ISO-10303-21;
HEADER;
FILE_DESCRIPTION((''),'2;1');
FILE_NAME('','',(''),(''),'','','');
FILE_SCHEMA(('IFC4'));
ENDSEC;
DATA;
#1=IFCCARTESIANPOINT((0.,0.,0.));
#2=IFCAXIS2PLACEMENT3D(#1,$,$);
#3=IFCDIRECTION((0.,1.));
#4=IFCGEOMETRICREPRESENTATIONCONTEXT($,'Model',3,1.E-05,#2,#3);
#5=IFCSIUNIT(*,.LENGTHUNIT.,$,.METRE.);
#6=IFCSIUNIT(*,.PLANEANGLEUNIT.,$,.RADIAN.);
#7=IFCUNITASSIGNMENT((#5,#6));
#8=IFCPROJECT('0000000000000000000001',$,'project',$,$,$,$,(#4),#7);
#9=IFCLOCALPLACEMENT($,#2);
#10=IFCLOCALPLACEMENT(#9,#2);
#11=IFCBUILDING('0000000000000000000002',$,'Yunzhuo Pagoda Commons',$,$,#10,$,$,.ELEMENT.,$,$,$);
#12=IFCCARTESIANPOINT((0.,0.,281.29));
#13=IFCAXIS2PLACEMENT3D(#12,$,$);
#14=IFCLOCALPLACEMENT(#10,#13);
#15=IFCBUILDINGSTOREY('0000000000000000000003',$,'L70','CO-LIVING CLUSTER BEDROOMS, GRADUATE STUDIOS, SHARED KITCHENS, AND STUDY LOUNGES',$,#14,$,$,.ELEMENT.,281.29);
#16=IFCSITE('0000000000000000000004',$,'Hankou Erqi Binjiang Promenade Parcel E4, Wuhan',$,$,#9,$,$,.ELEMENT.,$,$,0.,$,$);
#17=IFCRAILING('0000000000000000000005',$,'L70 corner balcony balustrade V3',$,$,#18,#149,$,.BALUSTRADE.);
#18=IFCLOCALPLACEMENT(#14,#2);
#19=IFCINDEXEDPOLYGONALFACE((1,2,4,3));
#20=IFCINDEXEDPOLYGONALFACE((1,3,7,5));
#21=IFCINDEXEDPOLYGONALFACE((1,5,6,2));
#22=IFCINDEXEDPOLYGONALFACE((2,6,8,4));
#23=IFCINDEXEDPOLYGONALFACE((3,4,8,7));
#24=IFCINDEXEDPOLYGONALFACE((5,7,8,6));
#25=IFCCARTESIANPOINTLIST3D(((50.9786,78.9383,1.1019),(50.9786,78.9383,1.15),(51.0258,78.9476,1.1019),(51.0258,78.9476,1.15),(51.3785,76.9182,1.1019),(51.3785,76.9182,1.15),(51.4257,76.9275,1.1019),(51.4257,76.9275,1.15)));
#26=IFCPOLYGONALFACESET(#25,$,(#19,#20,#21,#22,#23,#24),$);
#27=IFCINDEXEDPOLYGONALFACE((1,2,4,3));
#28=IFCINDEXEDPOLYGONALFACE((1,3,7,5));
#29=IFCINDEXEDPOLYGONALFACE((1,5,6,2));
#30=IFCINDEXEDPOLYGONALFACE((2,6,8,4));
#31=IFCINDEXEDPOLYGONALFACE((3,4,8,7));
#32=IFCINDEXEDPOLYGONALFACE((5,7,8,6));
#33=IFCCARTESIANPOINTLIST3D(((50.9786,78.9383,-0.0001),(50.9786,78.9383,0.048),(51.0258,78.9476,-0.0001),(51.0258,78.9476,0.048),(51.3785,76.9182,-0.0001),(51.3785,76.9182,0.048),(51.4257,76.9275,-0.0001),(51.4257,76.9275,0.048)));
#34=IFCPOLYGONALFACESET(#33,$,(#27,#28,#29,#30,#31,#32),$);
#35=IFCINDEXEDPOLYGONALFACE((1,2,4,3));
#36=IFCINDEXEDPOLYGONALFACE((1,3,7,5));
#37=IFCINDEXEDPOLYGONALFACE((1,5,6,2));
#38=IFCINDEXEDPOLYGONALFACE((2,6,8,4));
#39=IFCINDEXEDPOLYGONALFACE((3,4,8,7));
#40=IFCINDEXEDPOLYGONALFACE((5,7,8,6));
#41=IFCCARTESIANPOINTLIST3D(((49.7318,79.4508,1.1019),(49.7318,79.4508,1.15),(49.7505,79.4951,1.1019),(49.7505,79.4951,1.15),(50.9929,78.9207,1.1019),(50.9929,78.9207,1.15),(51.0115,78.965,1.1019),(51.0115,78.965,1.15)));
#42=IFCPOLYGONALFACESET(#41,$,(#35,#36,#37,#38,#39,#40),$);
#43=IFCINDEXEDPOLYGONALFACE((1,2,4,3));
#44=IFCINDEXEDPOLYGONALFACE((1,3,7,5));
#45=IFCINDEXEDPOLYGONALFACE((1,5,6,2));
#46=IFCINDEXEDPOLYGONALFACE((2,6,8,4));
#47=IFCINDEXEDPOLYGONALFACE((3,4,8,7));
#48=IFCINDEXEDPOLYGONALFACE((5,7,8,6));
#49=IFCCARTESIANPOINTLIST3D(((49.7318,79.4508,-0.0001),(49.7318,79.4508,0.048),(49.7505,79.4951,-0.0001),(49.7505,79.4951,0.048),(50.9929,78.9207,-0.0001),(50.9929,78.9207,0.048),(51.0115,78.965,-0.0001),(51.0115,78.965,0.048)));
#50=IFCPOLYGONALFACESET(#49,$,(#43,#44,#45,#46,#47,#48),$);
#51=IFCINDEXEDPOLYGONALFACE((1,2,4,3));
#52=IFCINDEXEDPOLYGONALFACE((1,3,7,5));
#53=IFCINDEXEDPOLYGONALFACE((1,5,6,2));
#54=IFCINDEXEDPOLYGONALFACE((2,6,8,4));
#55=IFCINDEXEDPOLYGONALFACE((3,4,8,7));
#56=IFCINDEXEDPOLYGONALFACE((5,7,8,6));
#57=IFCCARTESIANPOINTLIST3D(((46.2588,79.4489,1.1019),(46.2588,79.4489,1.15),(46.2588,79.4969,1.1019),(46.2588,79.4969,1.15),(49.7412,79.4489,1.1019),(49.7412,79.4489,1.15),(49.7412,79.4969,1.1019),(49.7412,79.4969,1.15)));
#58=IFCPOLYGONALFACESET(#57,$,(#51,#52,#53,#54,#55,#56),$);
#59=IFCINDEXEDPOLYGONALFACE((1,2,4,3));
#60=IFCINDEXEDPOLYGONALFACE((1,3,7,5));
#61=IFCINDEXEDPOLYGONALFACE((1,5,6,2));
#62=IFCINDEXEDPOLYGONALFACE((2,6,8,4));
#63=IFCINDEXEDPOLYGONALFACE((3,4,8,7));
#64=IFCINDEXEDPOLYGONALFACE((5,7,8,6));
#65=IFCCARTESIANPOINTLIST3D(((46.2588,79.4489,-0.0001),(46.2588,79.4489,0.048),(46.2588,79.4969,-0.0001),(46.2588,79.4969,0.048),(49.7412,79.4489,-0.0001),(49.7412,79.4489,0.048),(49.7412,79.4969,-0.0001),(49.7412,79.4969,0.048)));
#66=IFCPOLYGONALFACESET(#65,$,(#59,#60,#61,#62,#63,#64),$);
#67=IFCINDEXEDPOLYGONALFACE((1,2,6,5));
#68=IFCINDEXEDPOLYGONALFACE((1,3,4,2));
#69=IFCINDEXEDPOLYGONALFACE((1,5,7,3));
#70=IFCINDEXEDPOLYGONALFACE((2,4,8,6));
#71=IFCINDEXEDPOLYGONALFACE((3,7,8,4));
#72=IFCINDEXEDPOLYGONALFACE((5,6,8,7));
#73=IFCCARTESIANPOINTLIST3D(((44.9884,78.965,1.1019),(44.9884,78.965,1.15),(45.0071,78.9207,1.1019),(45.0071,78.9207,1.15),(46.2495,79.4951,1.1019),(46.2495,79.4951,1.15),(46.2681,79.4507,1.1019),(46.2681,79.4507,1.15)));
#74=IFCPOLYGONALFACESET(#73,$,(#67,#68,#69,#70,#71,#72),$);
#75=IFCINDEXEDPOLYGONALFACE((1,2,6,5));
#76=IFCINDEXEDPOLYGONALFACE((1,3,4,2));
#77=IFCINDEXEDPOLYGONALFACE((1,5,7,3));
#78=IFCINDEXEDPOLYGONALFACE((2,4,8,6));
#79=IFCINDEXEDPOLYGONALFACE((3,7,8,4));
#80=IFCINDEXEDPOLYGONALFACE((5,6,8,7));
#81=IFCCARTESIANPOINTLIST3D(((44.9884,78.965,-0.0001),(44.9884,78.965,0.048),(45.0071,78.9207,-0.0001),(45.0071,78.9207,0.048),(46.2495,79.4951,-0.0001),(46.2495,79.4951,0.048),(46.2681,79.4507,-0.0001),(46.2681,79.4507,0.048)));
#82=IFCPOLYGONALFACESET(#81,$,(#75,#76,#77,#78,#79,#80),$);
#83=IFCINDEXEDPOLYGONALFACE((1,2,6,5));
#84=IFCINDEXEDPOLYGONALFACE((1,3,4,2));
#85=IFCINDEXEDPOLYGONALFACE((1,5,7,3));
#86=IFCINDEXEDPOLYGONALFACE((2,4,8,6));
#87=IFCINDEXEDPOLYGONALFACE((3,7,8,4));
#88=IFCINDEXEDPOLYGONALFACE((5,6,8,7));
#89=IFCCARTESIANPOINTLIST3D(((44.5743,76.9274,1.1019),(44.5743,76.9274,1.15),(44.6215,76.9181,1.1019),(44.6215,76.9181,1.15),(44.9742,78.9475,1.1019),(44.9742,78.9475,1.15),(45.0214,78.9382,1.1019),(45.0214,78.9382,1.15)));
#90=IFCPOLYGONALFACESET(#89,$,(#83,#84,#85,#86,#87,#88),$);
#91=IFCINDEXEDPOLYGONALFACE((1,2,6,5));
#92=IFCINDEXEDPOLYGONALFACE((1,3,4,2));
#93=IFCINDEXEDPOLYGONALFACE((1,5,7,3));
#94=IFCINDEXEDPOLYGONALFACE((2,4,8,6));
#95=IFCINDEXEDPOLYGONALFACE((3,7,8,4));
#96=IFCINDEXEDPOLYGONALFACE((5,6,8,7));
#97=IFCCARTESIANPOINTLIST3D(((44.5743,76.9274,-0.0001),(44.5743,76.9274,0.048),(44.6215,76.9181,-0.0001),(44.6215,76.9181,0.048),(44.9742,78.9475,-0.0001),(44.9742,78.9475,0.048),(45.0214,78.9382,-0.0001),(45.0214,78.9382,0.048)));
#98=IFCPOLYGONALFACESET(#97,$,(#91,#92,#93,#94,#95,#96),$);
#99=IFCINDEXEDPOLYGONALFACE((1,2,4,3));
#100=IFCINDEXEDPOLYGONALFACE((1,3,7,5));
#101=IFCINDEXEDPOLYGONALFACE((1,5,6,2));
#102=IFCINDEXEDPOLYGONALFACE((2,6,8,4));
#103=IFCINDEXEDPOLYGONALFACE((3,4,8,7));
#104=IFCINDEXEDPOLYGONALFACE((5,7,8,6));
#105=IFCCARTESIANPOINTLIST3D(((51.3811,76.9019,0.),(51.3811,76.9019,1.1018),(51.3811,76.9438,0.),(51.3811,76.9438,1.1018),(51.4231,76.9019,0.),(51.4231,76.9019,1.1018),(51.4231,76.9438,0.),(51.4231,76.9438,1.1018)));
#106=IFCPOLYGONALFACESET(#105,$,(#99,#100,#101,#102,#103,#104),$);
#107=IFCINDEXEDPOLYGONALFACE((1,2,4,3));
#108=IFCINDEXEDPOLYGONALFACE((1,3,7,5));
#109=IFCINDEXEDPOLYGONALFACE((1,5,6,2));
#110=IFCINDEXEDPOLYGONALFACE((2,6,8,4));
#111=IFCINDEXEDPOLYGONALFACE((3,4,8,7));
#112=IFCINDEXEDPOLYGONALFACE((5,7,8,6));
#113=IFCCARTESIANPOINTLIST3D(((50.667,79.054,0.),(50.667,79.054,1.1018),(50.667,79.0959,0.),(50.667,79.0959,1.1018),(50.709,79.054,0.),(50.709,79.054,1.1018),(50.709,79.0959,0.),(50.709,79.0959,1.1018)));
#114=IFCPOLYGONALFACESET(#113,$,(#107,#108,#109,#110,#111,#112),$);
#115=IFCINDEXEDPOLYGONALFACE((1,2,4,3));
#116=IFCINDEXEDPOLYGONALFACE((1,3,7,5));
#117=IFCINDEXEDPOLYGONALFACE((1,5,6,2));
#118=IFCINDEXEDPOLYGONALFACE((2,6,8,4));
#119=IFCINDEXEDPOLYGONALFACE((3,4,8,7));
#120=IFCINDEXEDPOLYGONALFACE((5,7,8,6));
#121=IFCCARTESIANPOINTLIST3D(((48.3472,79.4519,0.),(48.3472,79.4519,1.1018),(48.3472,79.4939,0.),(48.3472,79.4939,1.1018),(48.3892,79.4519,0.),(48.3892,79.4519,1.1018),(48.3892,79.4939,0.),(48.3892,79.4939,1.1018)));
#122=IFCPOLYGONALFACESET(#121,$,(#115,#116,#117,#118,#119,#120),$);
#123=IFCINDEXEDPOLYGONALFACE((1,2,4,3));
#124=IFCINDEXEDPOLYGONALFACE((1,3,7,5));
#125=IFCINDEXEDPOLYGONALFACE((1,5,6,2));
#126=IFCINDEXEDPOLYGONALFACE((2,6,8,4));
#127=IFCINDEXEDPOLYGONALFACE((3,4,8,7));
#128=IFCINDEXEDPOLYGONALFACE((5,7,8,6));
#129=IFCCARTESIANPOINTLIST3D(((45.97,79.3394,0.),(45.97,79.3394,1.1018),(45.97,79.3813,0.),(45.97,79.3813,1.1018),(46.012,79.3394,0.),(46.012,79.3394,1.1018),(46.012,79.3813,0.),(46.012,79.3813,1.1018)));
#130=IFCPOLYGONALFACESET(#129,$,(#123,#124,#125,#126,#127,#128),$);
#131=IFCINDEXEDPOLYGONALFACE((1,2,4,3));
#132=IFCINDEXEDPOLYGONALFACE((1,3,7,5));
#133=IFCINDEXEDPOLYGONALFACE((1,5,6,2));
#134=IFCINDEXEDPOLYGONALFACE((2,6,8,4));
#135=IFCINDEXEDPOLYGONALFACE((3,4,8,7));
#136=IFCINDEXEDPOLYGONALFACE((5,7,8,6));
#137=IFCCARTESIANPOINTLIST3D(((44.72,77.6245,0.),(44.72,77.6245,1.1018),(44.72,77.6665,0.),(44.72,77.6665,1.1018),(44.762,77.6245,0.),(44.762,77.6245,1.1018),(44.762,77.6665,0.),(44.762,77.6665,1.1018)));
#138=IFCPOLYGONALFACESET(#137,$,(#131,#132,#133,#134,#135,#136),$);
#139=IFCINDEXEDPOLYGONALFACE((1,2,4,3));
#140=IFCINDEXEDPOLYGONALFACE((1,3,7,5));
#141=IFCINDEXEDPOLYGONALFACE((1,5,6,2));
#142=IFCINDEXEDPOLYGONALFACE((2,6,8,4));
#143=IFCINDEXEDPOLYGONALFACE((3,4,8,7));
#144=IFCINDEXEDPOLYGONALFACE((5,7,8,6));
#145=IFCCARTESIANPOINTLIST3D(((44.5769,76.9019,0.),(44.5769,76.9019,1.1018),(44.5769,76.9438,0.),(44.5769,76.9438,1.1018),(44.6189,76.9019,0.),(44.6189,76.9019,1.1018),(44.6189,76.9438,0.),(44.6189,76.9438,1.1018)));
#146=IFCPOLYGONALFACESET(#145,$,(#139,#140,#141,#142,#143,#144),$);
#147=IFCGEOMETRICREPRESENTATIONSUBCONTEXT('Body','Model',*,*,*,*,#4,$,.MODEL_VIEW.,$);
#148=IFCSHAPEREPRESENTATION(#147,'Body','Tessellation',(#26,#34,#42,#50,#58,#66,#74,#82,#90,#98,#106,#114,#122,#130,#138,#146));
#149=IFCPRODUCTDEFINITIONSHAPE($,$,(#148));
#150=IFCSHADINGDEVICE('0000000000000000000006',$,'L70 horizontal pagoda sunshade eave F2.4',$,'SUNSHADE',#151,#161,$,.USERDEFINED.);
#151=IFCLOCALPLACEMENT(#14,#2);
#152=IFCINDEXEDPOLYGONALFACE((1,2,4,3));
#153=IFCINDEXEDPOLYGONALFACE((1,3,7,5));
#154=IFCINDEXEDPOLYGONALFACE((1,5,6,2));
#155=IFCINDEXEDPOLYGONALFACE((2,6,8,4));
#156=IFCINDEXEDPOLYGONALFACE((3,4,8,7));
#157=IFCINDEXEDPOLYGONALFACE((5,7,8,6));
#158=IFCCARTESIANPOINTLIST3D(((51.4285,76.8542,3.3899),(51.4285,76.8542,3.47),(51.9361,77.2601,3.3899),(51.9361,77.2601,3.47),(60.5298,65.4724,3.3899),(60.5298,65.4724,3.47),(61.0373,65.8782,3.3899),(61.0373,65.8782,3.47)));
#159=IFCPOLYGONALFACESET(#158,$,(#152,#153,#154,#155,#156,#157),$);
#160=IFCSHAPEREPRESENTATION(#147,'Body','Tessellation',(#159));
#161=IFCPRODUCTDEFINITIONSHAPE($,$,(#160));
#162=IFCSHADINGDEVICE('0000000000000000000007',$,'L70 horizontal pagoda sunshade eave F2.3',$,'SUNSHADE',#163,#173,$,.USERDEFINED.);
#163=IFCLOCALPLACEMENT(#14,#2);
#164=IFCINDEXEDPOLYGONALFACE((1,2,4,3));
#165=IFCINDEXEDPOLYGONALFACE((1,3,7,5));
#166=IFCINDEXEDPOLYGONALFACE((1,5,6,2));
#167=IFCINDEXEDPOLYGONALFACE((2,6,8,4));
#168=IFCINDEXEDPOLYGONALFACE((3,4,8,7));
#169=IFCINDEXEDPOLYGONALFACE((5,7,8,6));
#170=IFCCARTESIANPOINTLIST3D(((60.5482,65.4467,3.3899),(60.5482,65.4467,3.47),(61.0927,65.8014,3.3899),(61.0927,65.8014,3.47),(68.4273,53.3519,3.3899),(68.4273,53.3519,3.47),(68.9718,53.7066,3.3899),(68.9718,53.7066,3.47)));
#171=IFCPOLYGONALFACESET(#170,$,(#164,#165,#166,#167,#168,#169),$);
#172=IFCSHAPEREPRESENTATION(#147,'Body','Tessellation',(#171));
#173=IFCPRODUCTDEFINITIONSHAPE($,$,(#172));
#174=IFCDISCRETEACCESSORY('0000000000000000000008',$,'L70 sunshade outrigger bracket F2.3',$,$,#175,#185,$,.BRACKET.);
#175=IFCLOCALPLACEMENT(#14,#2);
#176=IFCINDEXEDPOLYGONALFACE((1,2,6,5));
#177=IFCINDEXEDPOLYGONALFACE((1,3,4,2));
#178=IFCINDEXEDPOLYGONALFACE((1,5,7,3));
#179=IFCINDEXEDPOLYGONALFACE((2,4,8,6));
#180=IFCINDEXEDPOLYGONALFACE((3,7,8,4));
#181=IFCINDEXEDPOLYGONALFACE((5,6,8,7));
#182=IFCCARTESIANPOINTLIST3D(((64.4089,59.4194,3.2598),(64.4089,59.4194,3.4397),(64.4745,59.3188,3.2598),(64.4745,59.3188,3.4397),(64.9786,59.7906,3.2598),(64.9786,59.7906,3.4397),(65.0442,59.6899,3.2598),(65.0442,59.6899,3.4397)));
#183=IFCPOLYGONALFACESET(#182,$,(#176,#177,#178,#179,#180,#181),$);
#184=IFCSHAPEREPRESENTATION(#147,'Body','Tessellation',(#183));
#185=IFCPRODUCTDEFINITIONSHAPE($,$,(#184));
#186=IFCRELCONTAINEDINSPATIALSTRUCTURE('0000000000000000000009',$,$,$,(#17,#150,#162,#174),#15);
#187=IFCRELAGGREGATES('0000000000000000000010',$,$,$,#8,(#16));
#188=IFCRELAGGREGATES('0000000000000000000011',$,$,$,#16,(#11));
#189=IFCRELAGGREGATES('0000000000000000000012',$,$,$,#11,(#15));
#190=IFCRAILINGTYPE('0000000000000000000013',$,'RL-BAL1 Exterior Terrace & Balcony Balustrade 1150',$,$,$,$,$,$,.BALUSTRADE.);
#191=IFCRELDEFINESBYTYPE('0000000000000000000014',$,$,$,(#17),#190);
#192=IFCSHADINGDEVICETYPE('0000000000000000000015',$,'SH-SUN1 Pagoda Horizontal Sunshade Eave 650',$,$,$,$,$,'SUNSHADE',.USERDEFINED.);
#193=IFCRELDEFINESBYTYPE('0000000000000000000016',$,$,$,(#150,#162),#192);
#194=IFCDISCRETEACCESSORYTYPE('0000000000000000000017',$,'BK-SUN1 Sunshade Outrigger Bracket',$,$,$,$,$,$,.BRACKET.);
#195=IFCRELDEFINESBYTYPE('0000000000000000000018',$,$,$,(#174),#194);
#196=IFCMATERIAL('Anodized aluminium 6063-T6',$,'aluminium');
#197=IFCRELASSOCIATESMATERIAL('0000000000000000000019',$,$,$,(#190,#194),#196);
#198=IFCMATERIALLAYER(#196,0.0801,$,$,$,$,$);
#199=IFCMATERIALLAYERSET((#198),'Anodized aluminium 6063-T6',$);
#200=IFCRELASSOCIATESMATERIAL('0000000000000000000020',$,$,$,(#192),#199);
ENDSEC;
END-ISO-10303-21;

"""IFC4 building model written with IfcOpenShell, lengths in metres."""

from ifc_helpers import new_model, si_unit, direction, frame, origin, origin_2d, place, context, subcontext, project, spatial, rectangle, extrude, source, transform, mapped, material, layer, layer_set, type_object, element, save


model = new_model("IFC4")

# Units and contexts
model_context = context("Model", 3, precision=1e-05, world=origin(), true_north=direction((0.0, 1.0)))
body_context = subcontext(model_context, "Body", "Model", "MODEL_VIEW")
ifc_project = project(units=[si_unit("LENGTHUNIT", "METRE"), si_unit("PLANEANGLEUNIT", "RADIAN")], contexts=[model_context])

# Site, building, storey
site_placement = place(None, origin())
site = spatial("IfcSite", under=ifc_project, at=site_placement, Name="Hankou Erqi Binjiang Promenade Parcel E4, Wuhan", CompositionType="ELEMENT", RefElevation=0.0)
building_placement = place(site_placement, origin())
building = spatial("IfcBuilding", under=site, at=building_placement, Name="Yunzhuo Pagoda Commons", CompositionType="ELEMENT")
storey_placement = place(building_placement, frame((0.0, 0.0, 281.29)))
storey = spatial("IfcBuildingStorey", under=building, at=storey_placement, Name="L70", Description="CO-LIVING CLUSTER BEDROOMS, GRADUATE STUDIOS, SHARED KITCHENS, AND STUDY LOUNGES", CompositionType="ELEMENT", Elevation=281.29)

# Shared definitions
ifc_material_1 = material(Name="Anodized aluminium 6063-T6", Category="aluminium")

# Railing
railing_type = type_object("IfcRailingType", Name="RL-BAL1 Exterior Terrace & Balcony Balustrade 1150", PredefinedType="BALUSTRADE", material=ifc_material_1)
railing_placement = place(storey_placement, frame((51.4021, 76.9229, 0.0)))
element("IfcRailing", 1, at=railing_placement, inside=storey, type_object=railing_type, Name="L70 corner balcony balustrade V3", PredefinedType="BALUSTRADE", context=body_context, shape_type="SweptSolid", body=[
    extrude(rectangle(XDim=0.0481, YDim=0.0481, at=origin_2d()), frame((0.0, 0.0, 1.126), z_axis=(-0.194201, 0.980962, 0.0), x_axis=(-0.980962, -0.194201, 0.0)), (0.0, 0.0, 1.0), 2.0593),
    extrude(rectangle(XDim=0.0481, YDim=0.0481, at=origin_2d()), frame((0.0, 0.0, 0.0239), z_axis=(-0.194201, 0.980962, 0.0), x_axis=(-0.980962, -0.194201, 0.0)), (0.0, 0.0, 1.0), 2.0593),
    extrude(rectangle(XDim=0.0481, YDim=0.0481, at=origin_2d()), frame((-0.3999, 2.02, 1.126), z_axis=(-0.921874, 0.38749, 0.0), x_axis=(-0.38749, -0.921874, 0.0)), (0.0, 0.0, 1.0), 1.3679),
    extrude(rectangle(XDim=0.0481, YDim=0.0481, at=origin_2d()), frame((-0.3999, 2.02, 0.0239), z_axis=(-0.921874, 0.38749, 0.0), x_axis=(-0.38749, -0.921874, 0.0)), (0.0, 0.0, 1.0), 1.3679),
    extrude(rectangle(XDim=0.0481, YDim=0.0481, at=origin_2d()), frame((-1.6609, 2.55, 1.126), z_axis=(-1.0, 0.0, 0.0), x_axis=(0.0, -1.0, 0.0)), (0.0, 0.0, 1.0), 3.4824),
    extrude(rectangle(XDim=0.0481, YDim=0.0481, at=origin_2d()), frame((-1.6609, 2.55, 0.0239), z_axis=(-1.0, 0.0, 0.0), x_axis=(0.0, -1.0, 0.0)), (0.0, 0.0, 1.0), 3.4824),
    extrude(rectangle(XDim=0.0481, YDim=0.0481, at=origin_2d()), frame((-5.1433, 2.55, 1.126), z_axis=(-0.921874, -0.38749, 0.0), x_axis=(0.38749, -0.921874, 0.0)), (0.0, 0.0, 1.0), 1.3679),
    extrude(rectangle(XDim=0.0481, YDim=0.0481, at=origin_2d()), frame((-5.1433, 2.55, 0.0239), z_axis=(-0.921874, -0.38749, 0.0), x_axis=(0.38749, -0.921874, 0.0)), (0.0, 0.0, 1.0), 1.3679),
    extrude(rectangle(XDim=0.0481, YDim=0.0481, at=origin_2d()), frame((-6.4043, 2.02, 1.126), z_axis=(-0.194201, -0.980962, 0.0), x_axis=(0.980962, -0.194201, 0.0)), (0.0, 0.0, 1.0), 2.0593),
    extrude(rectangle(XDim=0.0481, YDim=0.0481, at=origin_2d()), frame((-6.4043, 2.02, 0.0239), z_axis=(-0.194201, -0.980962, 0.0), x_axis=(0.980962, -0.194201, 0.0)), (0.0, 0.0, 1.0), 2.0593),
    extrude(rectangle(XDim=0.042, YDim=0.042, at=origin_2d()), origin(), (0.0, 0.0, 1.0), 1.1018),
    extrude(rectangle(XDim=0.042, YDim=0.042, at=origin_2d()), frame((-0.7141, 2.1521, 0.0)), (0.0, 0.0, 1.0), 1.1018),
    extrude(rectangle(XDim=0.042, YDim=0.042, at=origin_2d()), frame((-3.0339, 2.55, 0.0)), (0.0, 0.0, 1.0), 1.1018),
    extrude(rectangle(XDim=0.042, YDim=0.042, at=origin_2d()), frame((-5.4111, 2.4375, 0.0)), (0.0, 0.0, 1.0), 1.1018),
    extrude(rectangle(XDim=0.042, YDim=0.042, at=origin_2d()), frame((-6.6611, 0.7227, 0.0)), (0.0, 0.0, 1.0), 1.1018),
    extrude(rectangle(XDim=0.042, YDim=0.042, at=origin_2d()), frame((-6.8042, 0.0, 0.0)), (0.0, 0.0, 1.0), 1.1018),
])

# Shading devices
ifc_layer_1 = layer(ifc_material_1, 0.0801)
ifc_layer_set_1 = layer_set([ifc_layer_1], Name="Anodized aluminium 6063-T6")
shading_device_type = type_object("IfcShadingDeviceType", Name="SH-SUN1 Pagoda Horizontal Sunshade Eave 650", ElementType="SUNSHADE", PredefinedType="USERDEFINED", material=ifc_layer_set_1)
shared_shape_1 = source(origin(), body_context, "Body", "SweptSolid", [
    extrude(rectangle(XDim=14.5732, YDim=0.6499, at=origin_2d()), origin(), (0.0, 0.0, 1.0), 0.0801),
])
shading_device_1_placement = place(storey_placement, frame((56.2329, 71.3662, 3.3899), z_axis=(0.0, 0.0, 1.0), x_axis=(-0.62452, 0.781008, 0.0)))
element("IfcShadingDevice", 2, at=shading_device_1_placement, inside=storey, type_object=shading_device_type, Name="L70 horizontal pagoda sunshade eave F2.4", ObjectType="SUNSHADE", PredefinedType="USERDEFINED", context=body_context, shape_type="MappedRepresentation", body=[
    mapped(shared_shape_1, transform((0.0, 0.0, 0.0), scale=1.0)),
])
shared_shape_2 = source(origin(), body_context, "Body", "SweptSolid", [
    extrude(rectangle(XDim=14.4348, YDim=0.6499, at=origin_2d()), origin(), (0.0, 0.0, 1.0), 0.0801),
])
shading_device_2_placement = place(storey_placement, frame((64.76, 59.5767, 3.3899), z_axis=(0.0, 0.0, 1.0), x_axis=(-0.545839, 0.83789, 0.0)))
element("IfcShadingDevice", 3, at=shading_device_2_placement, inside=storey, type_object=shading_device_type, Name="L70 horizontal pagoda sunshade eave F2.3", ObjectType="SUNSHADE", PredefinedType="USERDEFINED", context=body_context, shape_type="MappedRepresentation", body=[
    mapped(shared_shape_2, transform((0.0, 0.0, 0.0), scale=1.0)),
])

# Discrete accessory
discrete_accessory_type = type_object("IfcDiscreteAccessoryType", Name="BK-SUN1 Sunshade Outrigger Bracket", PredefinedType="BRACKET", material=ifc_material_1)
shared_shape_3 = source(origin(), body_context, "Body", "SweptSolid", [
    extrude(rectangle(XDim=0.1201, YDim=0.6799, at=origin_2d()), origin(), (0.0, 0.0, 1.0), 0.1799),
])
discrete_accessory_placement = place(storey_placement, frame((64.7266, 59.5547, 3.2598), z_axis=(0.0, 0.0, 1.0), x_axis=(-0.545839, 0.83789, 0.0)))
element("IfcDiscreteAccessory", 4, at=discrete_accessory_placement, inside=storey, type_object=discrete_accessory_type, Name="L70 sunshade outrigger bracket F2.3", PredefinedType="BRACKET", context=body_context, shape_type="MappedRepresentation", body=[
    mapped(shared_shape_3, transform((0.0, 0.0, 0.0), scale=1.0)),
])

save(model, "model.ifc")
